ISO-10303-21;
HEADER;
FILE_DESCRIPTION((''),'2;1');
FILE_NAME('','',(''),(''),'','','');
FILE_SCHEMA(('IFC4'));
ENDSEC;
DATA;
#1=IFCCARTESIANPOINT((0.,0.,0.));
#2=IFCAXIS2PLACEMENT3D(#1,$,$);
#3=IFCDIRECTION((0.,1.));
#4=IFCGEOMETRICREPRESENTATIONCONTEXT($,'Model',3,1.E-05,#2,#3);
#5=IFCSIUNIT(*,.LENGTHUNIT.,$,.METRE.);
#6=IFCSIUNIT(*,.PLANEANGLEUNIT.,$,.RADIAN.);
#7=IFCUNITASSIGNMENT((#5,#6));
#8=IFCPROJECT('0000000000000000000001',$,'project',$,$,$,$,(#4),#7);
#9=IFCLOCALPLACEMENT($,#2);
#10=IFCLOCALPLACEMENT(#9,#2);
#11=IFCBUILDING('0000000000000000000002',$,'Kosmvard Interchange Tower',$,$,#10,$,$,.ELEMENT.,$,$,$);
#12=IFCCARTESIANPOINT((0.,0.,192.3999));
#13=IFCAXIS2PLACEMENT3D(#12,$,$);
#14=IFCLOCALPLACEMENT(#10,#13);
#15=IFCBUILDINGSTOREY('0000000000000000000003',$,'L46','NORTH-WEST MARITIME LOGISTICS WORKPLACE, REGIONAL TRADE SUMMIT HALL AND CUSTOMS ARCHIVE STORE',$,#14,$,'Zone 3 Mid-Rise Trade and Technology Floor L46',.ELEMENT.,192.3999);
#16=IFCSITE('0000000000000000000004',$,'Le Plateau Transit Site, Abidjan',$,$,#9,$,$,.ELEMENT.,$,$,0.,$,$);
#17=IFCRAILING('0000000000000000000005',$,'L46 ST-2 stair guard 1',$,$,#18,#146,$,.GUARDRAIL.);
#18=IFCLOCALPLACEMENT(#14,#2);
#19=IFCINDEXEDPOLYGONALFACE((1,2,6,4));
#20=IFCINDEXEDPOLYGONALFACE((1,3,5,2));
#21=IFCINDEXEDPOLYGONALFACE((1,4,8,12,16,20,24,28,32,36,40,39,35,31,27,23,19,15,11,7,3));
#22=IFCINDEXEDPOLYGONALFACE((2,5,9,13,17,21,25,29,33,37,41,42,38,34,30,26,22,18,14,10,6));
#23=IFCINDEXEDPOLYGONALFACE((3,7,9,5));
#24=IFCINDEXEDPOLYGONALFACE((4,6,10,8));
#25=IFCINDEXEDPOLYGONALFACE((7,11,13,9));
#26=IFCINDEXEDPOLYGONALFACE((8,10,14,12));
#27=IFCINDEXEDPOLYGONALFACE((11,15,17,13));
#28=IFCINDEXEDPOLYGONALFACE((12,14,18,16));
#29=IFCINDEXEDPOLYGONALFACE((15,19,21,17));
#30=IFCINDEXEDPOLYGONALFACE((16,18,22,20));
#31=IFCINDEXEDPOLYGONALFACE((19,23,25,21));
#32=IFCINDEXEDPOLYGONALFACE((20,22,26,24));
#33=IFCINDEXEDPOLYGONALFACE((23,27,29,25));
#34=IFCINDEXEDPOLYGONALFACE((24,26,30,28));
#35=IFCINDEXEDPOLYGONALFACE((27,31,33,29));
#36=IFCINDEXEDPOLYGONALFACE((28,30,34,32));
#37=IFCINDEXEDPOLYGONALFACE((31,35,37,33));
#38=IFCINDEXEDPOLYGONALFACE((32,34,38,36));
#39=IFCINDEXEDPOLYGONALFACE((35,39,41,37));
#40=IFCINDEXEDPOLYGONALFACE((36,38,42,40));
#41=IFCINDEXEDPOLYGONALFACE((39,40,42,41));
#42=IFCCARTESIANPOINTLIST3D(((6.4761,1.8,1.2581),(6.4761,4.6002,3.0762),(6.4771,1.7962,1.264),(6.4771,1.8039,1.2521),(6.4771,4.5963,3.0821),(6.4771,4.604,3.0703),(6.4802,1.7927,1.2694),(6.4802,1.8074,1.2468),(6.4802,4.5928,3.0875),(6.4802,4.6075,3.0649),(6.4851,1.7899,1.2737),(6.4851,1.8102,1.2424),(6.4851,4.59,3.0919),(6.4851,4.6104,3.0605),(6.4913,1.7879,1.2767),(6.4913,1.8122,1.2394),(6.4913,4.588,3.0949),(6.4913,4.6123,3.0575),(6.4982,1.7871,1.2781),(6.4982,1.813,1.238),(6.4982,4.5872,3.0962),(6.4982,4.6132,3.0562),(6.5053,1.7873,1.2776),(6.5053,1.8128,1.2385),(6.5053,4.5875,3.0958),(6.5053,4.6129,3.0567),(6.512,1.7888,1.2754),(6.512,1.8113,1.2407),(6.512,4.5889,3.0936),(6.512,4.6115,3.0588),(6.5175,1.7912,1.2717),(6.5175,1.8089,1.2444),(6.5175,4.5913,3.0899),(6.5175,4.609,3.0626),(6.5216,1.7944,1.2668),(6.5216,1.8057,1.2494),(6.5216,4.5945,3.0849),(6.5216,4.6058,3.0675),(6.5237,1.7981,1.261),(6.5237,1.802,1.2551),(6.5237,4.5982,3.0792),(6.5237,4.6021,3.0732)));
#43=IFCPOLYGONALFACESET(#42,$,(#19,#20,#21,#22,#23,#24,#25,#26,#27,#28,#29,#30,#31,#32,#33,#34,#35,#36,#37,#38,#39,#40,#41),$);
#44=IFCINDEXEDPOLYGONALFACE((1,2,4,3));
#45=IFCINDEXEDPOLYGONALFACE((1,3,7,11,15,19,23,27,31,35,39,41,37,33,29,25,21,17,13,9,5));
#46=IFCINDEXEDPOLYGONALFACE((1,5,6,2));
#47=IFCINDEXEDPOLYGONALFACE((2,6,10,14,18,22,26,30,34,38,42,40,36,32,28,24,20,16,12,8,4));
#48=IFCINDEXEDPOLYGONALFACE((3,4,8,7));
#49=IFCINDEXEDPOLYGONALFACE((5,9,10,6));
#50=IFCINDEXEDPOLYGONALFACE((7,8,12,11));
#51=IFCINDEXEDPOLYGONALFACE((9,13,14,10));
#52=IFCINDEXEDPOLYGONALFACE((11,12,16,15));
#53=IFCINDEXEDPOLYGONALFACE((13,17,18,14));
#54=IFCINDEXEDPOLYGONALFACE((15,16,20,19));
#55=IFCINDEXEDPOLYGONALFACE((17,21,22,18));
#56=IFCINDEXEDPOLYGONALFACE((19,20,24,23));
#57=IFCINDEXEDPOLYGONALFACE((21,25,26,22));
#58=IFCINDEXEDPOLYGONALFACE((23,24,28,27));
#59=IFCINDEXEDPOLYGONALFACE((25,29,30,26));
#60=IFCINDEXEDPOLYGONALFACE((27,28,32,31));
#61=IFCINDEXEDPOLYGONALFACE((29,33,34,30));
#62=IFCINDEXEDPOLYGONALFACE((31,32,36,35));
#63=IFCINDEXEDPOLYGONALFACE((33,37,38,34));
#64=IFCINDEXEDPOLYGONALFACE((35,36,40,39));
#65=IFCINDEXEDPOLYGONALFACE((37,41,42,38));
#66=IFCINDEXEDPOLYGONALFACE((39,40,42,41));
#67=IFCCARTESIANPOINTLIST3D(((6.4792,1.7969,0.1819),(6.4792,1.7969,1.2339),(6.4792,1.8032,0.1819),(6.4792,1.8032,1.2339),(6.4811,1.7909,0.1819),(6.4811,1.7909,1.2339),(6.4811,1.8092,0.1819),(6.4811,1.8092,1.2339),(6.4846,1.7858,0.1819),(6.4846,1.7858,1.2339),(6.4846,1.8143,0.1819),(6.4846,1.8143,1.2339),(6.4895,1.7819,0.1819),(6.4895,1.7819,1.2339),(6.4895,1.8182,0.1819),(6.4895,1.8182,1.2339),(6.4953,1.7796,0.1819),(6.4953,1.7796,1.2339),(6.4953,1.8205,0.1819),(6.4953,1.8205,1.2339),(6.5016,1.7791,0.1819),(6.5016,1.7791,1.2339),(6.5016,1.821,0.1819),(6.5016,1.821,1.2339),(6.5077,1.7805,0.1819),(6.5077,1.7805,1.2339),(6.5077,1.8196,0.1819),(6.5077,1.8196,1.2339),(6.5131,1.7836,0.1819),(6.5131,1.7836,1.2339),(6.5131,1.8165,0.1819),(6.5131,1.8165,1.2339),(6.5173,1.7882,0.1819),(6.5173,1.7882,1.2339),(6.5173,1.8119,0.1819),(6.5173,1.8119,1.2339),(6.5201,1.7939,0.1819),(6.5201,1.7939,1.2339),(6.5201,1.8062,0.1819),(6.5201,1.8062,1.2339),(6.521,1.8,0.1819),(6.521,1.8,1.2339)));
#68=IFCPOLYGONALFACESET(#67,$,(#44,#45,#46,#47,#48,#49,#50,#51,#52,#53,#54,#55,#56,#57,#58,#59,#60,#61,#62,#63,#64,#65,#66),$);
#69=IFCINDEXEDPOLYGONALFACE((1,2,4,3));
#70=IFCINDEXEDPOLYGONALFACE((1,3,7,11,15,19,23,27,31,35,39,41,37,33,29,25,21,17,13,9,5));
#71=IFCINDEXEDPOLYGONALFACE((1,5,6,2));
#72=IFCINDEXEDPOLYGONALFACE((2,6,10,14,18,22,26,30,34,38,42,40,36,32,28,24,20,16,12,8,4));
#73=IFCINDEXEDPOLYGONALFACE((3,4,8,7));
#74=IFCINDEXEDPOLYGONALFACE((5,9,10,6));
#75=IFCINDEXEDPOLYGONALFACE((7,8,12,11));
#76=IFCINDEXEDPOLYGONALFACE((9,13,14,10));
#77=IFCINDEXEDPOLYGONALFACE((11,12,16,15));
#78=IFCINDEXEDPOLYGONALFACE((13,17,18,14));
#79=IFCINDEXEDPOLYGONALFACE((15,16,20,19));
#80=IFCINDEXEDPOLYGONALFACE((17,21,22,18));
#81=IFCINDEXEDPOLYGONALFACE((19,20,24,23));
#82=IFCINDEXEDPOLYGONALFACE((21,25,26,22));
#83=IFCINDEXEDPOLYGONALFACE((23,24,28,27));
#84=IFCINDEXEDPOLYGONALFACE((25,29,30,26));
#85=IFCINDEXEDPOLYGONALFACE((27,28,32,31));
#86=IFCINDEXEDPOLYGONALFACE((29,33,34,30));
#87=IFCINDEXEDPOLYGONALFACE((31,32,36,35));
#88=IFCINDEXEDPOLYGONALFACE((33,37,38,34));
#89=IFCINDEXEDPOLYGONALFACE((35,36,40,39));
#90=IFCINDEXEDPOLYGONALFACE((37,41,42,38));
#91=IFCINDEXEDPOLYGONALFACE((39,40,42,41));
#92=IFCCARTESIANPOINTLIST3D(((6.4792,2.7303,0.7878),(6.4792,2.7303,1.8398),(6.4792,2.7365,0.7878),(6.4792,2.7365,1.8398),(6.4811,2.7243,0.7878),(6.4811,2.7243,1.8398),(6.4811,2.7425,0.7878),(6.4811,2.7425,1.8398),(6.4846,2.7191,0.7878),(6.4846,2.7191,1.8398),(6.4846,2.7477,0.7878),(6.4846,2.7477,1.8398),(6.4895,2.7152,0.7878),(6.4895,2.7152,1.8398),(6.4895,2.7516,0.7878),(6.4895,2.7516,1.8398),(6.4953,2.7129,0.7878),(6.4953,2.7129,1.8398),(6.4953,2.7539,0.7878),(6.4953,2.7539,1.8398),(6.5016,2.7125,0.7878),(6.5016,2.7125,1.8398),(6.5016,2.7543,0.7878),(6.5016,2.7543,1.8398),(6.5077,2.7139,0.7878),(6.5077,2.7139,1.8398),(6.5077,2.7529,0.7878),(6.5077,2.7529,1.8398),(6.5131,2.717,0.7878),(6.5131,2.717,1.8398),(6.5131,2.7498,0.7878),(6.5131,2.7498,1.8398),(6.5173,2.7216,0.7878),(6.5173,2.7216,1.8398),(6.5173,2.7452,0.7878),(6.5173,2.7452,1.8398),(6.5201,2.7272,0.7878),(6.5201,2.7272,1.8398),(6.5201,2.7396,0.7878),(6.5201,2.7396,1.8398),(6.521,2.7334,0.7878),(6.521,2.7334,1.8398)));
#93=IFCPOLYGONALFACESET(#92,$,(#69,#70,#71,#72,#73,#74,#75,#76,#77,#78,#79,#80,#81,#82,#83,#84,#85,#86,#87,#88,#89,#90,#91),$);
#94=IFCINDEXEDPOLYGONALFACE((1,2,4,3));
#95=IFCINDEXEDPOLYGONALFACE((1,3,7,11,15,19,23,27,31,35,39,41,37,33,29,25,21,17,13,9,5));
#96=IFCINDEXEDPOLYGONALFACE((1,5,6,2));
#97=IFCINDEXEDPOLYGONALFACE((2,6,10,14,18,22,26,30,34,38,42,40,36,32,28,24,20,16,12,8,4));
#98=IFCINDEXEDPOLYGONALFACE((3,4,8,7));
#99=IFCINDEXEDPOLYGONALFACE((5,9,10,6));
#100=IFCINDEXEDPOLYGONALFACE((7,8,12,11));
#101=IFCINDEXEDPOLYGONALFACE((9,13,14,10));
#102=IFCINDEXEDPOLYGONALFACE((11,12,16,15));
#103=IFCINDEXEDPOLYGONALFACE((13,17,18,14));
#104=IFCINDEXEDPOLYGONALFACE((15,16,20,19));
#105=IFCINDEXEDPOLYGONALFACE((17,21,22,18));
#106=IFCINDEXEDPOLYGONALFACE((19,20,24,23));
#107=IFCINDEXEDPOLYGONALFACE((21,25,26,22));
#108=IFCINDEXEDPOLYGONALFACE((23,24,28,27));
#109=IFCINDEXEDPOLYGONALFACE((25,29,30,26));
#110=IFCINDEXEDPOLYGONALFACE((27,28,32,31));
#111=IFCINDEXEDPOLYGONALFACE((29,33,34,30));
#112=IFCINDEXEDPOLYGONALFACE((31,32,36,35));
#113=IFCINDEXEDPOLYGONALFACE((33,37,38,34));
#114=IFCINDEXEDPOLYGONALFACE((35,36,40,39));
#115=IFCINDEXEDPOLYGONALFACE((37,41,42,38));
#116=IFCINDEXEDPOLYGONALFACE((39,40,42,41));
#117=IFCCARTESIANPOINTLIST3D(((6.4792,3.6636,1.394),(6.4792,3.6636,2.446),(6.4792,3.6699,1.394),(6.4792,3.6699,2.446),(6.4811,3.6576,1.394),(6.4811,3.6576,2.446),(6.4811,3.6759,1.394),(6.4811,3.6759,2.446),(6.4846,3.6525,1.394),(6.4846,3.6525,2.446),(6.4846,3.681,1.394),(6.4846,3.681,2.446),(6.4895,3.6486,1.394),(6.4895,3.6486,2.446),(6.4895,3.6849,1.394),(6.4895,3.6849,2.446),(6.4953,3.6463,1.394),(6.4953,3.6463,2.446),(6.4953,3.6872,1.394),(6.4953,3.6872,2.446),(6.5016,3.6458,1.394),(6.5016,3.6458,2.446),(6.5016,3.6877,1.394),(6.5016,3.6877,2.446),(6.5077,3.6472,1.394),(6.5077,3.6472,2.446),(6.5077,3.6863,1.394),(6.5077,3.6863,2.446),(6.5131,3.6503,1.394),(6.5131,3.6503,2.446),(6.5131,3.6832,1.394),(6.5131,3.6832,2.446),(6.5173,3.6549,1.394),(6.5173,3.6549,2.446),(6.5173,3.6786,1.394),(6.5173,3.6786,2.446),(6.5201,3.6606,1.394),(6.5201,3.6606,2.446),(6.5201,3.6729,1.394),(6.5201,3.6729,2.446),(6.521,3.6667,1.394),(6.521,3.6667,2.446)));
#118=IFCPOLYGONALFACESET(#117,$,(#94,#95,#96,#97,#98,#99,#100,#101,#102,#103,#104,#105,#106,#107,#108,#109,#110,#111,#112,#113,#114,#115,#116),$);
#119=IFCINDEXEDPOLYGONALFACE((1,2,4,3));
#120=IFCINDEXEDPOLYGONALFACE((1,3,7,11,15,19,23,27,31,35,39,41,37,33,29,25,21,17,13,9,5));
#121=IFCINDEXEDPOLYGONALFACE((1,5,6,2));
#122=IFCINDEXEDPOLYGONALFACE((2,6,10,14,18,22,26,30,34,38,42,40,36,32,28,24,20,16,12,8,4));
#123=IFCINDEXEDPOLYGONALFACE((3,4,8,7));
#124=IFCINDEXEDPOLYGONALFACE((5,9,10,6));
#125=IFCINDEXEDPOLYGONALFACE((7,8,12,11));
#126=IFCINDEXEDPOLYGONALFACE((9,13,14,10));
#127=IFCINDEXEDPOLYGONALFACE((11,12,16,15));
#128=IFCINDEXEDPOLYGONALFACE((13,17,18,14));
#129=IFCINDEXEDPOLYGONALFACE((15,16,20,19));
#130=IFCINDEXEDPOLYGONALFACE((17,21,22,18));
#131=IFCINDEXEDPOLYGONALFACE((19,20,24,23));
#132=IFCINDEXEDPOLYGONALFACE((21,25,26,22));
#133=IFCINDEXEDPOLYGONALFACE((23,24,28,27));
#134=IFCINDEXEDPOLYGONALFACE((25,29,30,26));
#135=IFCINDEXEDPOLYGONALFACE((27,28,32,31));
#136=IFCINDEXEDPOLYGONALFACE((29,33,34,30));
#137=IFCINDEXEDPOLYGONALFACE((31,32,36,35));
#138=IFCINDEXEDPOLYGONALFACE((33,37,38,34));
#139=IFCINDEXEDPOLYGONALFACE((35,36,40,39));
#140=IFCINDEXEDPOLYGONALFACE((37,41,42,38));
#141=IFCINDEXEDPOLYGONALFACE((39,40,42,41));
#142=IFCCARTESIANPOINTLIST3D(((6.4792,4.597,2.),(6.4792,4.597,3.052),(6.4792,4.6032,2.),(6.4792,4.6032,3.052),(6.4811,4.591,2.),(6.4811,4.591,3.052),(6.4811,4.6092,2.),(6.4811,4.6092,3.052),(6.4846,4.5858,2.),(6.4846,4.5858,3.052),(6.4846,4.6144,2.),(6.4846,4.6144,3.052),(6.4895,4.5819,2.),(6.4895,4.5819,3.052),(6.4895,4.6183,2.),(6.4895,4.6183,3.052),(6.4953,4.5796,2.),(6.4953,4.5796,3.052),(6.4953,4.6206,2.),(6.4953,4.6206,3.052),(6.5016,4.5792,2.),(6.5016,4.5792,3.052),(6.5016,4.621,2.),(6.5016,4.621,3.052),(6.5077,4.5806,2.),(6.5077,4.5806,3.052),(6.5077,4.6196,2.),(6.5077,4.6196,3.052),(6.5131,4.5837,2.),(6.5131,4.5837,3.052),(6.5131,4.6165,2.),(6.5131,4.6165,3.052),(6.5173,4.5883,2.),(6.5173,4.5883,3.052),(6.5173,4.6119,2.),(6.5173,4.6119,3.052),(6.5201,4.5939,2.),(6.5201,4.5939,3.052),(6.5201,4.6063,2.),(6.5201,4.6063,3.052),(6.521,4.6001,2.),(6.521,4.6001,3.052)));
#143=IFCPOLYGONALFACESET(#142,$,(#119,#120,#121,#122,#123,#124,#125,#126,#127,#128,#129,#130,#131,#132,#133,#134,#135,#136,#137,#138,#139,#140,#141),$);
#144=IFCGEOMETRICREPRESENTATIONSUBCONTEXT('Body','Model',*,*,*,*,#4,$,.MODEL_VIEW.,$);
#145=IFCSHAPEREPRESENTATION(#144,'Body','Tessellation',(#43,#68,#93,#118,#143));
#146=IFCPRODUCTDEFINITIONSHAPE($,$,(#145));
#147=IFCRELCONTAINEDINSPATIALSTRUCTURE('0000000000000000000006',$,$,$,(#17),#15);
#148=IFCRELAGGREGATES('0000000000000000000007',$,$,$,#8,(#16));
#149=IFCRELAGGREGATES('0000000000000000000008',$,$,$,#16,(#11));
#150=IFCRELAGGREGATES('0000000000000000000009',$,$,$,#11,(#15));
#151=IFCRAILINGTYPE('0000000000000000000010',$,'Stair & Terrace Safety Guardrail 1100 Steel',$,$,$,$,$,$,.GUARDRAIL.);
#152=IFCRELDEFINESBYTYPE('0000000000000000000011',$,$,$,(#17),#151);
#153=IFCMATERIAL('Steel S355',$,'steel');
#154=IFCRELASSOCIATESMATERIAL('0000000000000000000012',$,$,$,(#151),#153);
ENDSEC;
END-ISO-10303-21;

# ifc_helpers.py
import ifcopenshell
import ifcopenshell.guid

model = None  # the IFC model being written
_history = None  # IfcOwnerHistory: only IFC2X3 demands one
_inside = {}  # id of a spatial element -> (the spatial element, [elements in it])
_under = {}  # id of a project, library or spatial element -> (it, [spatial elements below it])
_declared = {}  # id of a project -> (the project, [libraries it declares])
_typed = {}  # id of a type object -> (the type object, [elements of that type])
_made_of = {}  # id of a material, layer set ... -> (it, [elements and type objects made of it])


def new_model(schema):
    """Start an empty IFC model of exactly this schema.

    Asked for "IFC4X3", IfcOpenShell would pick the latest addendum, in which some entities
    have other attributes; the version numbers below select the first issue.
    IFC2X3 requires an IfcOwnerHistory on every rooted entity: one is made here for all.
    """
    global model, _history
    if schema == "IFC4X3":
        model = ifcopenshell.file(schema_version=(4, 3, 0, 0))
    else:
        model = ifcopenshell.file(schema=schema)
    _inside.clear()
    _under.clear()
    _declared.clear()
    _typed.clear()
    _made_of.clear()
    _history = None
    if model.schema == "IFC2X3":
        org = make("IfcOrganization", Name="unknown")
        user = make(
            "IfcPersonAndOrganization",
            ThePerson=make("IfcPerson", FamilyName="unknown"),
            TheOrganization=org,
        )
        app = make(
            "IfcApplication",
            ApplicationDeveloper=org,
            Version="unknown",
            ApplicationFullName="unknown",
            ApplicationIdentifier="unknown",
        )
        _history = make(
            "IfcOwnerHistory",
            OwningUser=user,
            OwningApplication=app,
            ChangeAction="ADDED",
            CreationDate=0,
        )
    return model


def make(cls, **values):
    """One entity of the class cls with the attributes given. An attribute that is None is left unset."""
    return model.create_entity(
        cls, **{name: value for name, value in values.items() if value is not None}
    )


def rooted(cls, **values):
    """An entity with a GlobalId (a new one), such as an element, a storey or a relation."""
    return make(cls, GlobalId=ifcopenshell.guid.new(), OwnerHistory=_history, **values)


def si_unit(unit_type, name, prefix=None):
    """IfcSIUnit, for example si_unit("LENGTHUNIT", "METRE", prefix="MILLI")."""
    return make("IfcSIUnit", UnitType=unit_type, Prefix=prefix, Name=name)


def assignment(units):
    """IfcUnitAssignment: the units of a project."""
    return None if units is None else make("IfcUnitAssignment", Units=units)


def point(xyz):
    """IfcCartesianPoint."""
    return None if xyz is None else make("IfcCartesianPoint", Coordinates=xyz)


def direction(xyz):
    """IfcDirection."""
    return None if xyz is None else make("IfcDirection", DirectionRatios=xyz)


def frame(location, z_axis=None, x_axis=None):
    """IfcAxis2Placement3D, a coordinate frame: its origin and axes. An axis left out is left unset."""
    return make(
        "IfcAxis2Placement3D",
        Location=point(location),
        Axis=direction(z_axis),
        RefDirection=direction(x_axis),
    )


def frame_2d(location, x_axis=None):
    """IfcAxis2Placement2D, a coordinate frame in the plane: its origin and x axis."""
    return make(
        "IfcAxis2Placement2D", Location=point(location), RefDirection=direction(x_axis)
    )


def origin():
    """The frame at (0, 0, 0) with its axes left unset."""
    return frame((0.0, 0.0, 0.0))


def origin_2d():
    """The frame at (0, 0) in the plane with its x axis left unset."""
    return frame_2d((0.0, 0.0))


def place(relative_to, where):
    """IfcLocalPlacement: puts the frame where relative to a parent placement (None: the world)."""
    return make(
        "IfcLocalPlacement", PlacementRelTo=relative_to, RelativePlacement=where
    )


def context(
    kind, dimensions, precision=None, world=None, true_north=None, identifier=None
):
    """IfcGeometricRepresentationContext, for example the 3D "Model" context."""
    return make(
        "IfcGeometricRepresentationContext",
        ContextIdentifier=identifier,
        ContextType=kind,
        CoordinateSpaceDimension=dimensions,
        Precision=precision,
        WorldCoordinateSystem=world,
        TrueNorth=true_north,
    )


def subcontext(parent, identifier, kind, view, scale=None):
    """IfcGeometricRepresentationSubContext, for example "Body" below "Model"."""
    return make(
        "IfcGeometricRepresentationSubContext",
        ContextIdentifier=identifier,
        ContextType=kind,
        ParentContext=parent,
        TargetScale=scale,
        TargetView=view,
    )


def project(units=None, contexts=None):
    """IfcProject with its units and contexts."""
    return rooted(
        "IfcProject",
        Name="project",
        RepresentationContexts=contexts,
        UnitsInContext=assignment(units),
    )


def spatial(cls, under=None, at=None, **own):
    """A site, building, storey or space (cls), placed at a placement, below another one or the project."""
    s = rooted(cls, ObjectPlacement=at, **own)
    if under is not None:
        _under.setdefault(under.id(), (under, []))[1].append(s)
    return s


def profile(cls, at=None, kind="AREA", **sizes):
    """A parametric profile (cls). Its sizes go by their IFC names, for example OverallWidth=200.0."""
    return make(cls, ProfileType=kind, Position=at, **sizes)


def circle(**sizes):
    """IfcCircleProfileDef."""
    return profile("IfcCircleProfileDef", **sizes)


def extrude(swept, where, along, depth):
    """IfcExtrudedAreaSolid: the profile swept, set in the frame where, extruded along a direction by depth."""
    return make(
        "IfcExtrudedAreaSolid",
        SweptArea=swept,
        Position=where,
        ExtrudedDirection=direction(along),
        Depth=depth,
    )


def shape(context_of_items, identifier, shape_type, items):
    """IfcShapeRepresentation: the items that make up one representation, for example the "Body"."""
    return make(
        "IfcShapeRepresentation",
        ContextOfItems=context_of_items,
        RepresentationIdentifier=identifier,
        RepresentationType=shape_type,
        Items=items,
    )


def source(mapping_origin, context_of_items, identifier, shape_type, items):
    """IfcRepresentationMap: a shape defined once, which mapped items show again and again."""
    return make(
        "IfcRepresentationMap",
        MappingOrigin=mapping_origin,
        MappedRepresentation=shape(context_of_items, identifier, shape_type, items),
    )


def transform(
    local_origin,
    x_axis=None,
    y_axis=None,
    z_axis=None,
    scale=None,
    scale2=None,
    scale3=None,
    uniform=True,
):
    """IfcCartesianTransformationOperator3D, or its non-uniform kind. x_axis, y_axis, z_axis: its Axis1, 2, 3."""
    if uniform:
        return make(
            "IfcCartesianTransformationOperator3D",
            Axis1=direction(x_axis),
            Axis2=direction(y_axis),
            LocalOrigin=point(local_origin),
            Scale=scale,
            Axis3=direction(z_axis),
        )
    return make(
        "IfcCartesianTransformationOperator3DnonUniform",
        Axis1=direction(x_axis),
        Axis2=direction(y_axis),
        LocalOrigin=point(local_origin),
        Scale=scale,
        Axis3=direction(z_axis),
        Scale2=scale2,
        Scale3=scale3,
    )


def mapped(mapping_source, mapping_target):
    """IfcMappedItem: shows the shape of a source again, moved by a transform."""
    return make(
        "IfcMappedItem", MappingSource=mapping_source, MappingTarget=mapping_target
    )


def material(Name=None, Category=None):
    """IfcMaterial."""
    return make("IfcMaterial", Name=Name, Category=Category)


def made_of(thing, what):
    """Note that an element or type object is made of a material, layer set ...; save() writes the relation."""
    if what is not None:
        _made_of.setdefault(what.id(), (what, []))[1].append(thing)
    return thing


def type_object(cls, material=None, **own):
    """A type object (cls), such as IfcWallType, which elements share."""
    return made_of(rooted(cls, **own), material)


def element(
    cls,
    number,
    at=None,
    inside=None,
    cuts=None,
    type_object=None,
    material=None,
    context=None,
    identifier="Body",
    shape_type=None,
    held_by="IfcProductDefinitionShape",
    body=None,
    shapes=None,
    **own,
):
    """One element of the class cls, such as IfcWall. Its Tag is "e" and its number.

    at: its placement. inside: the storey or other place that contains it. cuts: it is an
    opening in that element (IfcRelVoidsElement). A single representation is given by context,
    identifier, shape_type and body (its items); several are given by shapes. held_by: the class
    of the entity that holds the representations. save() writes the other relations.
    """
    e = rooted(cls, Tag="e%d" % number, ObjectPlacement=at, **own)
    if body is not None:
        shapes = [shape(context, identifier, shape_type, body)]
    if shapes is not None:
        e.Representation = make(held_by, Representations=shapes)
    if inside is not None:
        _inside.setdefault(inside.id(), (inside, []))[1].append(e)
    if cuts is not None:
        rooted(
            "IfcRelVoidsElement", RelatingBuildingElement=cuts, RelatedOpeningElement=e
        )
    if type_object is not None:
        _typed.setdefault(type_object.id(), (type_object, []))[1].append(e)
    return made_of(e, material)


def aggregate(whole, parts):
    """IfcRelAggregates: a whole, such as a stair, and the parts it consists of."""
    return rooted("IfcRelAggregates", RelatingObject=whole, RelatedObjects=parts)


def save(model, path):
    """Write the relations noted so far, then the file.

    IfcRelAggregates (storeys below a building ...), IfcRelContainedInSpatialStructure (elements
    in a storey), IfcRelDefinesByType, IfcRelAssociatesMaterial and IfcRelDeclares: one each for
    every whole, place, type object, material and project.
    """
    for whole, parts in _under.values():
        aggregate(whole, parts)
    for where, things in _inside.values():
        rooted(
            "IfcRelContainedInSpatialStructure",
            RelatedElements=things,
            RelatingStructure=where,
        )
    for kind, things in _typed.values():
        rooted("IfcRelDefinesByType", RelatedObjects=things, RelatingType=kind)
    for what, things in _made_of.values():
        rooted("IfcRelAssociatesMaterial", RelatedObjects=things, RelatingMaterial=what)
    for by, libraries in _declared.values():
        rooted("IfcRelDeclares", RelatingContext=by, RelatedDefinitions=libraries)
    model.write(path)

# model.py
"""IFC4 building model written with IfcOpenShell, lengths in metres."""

from ifc_helpers import new_model, si_unit, direction, frame, origin, origin_2d, place, context, subcontext, project, spatial, circle, extrude, source, transform, mapped, material, type_object, element, save


model = new_model("IFC4")

# Units and contexts
model_context = context("Model", 3, precision=1e-05, world=origin(), true_north=direction((0.0, 1.0)))
body_context = subcontext(model_context, "Body", "Model", "MODEL_VIEW")
ifc_project = project(units=[si_unit("LENGTHUNIT", "METRE"), si_unit("PLANEANGLEUNIT", "RADIAN")], contexts=[model_context])

# Site, building, storey
site_placement = place(None, origin())
site = spatial("IfcSite", under=ifc_project, at=site_placement, Name="Le Plateau Transit Site, Abidjan", CompositionType="ELEMENT", RefElevation=0.0)
building_placement = place(site_placement, origin())
building = spatial("IfcBuilding", under=site, at=building_placement, Name="Kosmvard Interchange Tower", CompositionType="ELEMENT")
storey_placement = place(building_placement, frame((0.0, 0.0, 192.3999)))
storey = spatial("IfcBuildingStorey", under=building, at=storey_placement, Name="L46", Description="NORTH-WEST MARITIME LOGISTICS WORKPLACE, REGIONAL TRADE SUMMIT HALL AND CUSTOMS ARCHIVE STORE", LongName="Zone 3 Mid-Rise Trade and Technology Floor L46", CompositionType="ELEMENT", Elevation=192.3999)

# Shared definitions
ifc_material_1 = material(Name="Steel S355", Category="steel")

# Railing
railing_type_1 = type_object("IfcRailingType", Name="Stair & Terrace Safety Guardrail 1100 Steel", PredefinedType="GUARDRAIL", material=ifc_material_1)
shared_shape_1 = source(origin(), body_context, "Body", "SweptSolid", [
    extrude(circle(Radius=0.0239, at=origin_2d()), frame((0.0, 0.0, 1.0762), z_axis=(0.0, 0.838706, 0.544585), x_axis=(-1.0, 0.0, 0.0)), (0.0, 0.0, 1.0), 3.3386),
    extrude(circle(Radius=0.021, at=origin_2d()), origin(), (0.0, 0.0, 1.0), 1.052),
    extrude(circle(Radius=0.021, at=origin_2d()), frame((0.0, 0.9333, 0.606)), (0.0, 0.0, 1.0), 1.052),
    extrude(circle(Radius=0.021, at=origin_2d()), frame((0.0, 1.8667, 1.2122)), (0.0, 0.0, 1.0), 1.052),
    extrude(circle(Radius=0.021, at=origin_2d()), frame((0.0, 2.8, 1.8181)), (0.0, 0.0, 1.0), 1.052),
])
railing_1_placement = place(storey_placement, frame((6.5, 1.8, 0.1819)))
element("IfcRailing", 1, at=railing_1_placement, inside=storey, type_object=railing_type_1, Name="L46 ST-2 stair guard 1", PredefinedType="GUARDRAIL", context=body_context, shape_type="MappedRepresentation", body=[
    mapped(shared_shape_1, transform((0.0, 0.0, 0.0), scale=1.0)),
])

save(model, "model.ifc")
